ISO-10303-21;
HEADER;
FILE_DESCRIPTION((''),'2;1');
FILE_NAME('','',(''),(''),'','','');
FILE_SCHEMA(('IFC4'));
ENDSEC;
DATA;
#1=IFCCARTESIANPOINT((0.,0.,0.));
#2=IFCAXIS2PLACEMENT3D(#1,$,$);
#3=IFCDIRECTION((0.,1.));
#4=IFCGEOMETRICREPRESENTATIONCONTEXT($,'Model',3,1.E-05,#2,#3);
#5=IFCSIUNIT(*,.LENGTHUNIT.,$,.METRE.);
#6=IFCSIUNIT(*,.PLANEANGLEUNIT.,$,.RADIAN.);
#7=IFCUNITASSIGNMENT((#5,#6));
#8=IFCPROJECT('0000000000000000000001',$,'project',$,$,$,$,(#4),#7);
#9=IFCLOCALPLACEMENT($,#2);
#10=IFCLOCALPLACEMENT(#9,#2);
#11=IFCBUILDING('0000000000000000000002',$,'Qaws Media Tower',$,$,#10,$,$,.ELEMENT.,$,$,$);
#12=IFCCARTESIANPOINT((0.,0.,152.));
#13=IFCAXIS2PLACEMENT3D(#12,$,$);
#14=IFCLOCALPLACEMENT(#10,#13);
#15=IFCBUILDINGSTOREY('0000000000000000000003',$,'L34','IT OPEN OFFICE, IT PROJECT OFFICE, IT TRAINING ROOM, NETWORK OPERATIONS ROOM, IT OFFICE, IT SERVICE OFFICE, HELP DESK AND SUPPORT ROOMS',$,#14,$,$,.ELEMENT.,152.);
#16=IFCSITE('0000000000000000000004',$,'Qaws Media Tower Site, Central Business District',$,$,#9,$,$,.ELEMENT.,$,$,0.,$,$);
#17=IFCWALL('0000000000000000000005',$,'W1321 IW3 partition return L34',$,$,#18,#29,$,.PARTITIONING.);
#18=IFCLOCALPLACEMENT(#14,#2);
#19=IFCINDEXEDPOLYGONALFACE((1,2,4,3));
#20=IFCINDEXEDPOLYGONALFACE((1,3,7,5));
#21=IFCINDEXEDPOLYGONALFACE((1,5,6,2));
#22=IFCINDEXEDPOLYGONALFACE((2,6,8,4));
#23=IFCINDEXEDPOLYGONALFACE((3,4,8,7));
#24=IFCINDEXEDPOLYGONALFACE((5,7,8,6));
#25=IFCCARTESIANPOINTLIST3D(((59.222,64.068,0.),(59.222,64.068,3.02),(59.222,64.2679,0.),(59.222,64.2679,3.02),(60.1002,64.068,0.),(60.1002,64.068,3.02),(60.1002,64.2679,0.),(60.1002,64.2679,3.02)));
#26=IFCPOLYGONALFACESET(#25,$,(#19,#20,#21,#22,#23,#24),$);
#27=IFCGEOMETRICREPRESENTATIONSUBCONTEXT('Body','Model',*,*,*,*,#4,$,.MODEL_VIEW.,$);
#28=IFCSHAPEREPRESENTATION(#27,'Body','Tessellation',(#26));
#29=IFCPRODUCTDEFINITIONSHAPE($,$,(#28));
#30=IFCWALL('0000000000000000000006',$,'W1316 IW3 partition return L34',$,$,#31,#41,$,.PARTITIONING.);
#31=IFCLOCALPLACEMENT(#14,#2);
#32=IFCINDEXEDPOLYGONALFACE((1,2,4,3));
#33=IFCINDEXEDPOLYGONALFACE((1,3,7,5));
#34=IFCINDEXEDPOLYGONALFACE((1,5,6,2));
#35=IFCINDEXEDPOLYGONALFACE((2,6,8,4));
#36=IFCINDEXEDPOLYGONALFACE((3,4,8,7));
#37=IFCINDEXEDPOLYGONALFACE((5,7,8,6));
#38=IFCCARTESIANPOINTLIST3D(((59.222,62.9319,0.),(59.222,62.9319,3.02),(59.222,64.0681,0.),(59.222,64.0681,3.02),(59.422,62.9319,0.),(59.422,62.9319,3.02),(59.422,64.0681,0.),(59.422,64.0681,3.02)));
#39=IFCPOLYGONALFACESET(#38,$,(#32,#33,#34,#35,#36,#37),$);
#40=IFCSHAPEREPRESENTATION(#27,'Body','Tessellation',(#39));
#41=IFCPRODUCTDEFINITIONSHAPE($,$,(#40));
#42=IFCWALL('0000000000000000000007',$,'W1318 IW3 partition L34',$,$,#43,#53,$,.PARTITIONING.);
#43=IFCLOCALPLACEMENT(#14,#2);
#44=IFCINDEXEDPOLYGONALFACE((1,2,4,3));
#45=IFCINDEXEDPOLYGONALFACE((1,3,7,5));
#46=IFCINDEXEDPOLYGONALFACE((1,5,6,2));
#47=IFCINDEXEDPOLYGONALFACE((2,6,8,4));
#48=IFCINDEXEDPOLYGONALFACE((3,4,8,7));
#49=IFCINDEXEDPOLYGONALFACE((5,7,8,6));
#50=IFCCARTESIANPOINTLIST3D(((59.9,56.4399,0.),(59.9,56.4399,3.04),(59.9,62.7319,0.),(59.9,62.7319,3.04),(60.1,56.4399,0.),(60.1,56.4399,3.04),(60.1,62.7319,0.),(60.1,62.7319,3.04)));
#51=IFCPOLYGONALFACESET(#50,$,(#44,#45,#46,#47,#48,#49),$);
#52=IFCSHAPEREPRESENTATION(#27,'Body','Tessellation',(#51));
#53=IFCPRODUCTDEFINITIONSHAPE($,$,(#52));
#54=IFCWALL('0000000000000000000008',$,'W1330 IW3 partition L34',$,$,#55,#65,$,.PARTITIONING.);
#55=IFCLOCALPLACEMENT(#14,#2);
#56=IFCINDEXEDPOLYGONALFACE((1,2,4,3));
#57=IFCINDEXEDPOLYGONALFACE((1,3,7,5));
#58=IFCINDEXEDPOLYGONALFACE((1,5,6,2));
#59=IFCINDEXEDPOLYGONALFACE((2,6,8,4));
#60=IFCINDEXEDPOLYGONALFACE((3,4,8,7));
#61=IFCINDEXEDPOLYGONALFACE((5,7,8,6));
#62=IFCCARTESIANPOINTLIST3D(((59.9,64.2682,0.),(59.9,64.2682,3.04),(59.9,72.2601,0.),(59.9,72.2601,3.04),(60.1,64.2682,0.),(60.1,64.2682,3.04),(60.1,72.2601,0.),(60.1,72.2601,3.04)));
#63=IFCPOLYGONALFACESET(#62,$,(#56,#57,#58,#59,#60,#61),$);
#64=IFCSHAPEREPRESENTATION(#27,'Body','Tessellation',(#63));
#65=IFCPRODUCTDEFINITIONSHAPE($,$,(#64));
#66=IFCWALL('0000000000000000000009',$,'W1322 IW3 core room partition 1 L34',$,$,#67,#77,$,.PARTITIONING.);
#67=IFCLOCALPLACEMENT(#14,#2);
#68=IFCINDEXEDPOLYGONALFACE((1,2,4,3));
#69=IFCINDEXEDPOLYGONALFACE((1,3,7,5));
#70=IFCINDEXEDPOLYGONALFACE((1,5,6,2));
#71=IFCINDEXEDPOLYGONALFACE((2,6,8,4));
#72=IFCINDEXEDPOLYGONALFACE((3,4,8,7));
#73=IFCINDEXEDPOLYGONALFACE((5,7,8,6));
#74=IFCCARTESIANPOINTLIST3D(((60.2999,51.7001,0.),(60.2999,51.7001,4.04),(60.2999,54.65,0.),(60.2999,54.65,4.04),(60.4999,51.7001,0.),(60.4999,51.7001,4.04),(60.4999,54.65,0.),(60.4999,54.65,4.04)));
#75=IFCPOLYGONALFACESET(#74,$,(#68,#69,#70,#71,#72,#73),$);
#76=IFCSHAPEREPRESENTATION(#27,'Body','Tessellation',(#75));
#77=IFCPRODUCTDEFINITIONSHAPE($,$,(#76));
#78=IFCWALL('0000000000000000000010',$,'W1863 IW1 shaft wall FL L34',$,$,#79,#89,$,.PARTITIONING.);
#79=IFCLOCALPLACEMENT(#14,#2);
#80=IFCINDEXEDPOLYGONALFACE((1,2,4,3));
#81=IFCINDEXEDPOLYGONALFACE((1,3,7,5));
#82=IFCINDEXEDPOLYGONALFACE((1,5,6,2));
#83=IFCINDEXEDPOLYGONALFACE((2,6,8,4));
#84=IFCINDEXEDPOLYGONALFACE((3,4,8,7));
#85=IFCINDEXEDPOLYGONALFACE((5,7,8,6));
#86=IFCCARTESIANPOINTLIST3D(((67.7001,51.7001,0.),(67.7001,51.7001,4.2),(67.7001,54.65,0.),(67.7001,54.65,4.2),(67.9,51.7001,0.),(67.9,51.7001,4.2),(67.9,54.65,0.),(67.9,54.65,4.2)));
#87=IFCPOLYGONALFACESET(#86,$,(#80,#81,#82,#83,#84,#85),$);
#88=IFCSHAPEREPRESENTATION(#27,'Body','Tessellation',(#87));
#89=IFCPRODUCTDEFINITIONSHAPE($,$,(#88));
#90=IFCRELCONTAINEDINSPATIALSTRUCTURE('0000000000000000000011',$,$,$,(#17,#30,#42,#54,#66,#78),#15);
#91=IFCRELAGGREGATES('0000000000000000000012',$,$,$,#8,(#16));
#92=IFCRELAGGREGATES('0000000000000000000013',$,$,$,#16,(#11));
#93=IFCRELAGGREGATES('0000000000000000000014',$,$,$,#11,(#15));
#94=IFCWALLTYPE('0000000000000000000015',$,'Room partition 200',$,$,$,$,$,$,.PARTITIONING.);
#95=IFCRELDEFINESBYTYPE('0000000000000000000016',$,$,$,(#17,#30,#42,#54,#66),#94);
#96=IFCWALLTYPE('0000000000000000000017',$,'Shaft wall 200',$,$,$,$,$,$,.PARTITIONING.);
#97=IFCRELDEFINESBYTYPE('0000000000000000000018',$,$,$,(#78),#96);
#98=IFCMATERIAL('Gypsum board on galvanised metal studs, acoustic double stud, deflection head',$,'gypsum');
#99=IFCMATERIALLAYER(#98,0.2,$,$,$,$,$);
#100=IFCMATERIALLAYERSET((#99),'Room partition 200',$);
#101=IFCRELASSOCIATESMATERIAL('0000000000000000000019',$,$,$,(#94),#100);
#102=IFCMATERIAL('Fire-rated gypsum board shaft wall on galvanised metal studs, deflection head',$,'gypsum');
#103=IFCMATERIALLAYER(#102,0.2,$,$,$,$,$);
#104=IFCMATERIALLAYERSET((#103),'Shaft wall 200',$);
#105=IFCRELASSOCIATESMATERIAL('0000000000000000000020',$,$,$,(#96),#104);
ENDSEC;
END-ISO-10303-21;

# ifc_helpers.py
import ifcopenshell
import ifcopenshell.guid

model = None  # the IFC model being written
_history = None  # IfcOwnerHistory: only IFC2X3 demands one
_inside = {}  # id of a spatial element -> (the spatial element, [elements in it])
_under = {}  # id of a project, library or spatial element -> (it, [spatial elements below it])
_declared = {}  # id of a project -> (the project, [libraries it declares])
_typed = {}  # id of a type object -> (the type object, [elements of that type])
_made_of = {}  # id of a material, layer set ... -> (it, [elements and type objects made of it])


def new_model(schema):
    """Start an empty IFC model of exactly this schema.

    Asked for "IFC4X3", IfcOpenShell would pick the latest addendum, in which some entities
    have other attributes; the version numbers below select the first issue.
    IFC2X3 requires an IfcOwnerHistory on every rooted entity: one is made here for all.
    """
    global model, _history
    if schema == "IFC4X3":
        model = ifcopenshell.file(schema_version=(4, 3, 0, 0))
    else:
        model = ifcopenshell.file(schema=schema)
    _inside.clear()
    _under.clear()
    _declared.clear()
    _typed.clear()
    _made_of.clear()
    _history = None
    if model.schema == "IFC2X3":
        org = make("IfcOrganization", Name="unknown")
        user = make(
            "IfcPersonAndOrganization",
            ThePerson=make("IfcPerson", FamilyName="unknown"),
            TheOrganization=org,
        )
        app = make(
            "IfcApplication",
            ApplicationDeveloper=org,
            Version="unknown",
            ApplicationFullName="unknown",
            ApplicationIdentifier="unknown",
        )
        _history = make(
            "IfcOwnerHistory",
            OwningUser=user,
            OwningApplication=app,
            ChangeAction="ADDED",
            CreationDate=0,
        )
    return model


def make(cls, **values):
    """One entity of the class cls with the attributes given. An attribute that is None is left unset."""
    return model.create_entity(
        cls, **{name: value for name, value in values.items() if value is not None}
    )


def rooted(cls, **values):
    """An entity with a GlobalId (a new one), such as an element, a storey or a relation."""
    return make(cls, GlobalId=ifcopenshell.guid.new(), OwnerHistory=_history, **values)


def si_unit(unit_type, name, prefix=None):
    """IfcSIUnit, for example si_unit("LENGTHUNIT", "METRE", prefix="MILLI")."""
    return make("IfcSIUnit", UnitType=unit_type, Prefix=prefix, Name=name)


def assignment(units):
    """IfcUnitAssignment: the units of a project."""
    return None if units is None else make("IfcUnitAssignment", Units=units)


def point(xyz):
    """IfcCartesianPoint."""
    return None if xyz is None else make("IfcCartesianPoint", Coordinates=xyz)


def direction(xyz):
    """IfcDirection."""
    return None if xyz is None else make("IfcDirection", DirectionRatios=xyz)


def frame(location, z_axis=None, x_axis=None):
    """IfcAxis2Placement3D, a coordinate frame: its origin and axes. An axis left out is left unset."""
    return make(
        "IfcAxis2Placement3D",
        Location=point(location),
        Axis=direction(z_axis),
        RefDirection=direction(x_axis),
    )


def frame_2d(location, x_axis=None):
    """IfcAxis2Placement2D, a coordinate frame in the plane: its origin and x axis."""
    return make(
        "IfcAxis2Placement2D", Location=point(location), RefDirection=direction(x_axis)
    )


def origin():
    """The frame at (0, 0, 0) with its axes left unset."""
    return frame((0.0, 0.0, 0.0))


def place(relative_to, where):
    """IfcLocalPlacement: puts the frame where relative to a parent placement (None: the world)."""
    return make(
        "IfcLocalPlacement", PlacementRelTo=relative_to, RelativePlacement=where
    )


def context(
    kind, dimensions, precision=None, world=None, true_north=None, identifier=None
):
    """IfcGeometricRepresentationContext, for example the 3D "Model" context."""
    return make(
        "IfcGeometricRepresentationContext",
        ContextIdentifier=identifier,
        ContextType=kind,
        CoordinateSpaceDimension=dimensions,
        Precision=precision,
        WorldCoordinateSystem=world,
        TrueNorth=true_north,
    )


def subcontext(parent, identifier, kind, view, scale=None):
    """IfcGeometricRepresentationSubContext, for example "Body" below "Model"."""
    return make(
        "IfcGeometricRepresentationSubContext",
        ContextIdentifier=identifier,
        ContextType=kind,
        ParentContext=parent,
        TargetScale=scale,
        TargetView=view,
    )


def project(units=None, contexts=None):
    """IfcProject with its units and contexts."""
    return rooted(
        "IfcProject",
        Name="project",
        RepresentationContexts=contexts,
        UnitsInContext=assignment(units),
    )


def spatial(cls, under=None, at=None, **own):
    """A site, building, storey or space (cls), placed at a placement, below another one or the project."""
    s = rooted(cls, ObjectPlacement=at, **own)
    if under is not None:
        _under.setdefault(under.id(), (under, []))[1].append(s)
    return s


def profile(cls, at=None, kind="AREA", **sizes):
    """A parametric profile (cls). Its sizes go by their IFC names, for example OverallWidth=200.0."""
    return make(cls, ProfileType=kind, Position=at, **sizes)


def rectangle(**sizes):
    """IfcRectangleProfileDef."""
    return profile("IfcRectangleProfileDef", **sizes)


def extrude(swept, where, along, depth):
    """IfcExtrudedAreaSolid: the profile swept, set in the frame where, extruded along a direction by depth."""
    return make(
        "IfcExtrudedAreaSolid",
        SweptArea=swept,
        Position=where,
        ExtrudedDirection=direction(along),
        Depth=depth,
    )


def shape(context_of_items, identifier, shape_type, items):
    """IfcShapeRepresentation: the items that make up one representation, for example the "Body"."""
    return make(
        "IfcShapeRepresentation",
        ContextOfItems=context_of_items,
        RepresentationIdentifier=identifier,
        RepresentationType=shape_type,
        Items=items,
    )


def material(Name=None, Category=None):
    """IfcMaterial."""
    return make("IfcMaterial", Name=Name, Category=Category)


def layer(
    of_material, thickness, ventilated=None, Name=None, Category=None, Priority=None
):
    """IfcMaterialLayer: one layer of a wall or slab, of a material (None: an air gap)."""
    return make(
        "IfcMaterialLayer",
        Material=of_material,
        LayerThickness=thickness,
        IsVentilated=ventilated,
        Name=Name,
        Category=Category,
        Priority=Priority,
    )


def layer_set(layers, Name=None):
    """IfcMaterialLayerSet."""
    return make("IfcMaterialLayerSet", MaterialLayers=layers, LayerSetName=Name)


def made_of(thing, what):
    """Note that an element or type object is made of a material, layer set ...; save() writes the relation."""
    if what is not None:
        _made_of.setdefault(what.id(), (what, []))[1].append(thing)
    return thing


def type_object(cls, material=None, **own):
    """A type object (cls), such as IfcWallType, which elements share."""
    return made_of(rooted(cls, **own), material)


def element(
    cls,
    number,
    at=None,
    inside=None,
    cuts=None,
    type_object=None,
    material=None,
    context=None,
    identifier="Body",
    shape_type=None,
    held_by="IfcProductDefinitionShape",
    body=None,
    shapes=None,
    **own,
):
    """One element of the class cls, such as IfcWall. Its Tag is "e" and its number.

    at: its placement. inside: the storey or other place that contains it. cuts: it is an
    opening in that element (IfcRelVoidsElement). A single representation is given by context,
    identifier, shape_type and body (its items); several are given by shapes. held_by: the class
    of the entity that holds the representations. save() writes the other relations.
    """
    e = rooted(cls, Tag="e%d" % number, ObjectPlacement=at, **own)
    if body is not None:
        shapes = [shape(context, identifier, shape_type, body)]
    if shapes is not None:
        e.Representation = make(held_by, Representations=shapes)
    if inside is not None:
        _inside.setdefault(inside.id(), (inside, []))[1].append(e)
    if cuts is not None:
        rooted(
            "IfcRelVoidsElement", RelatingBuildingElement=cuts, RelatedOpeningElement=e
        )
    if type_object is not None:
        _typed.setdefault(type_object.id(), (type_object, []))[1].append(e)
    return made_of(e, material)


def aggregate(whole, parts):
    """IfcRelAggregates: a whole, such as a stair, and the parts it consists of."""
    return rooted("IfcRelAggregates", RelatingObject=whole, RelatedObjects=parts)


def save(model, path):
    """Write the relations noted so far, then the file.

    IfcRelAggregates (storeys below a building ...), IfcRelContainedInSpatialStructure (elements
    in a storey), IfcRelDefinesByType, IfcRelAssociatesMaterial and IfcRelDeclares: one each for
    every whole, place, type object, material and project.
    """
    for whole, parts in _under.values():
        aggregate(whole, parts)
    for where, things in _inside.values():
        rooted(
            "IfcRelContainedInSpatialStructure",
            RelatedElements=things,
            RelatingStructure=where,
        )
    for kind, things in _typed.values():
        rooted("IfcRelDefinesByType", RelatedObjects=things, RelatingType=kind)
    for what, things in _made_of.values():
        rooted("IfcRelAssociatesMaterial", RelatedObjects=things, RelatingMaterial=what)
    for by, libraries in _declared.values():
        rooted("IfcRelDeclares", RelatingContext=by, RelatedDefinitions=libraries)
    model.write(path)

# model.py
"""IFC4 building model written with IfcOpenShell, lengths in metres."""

from ifc_helpers import new_model, si_unit, direction, frame, frame_2d, origin, place, context, subcontext, project, spatial, rectangle, extrude, material, layer, layer_set, type_object, element, save


model = new_model("IFC4")

# Units and contexts
model_context = context("Model", 3, precision=1e-05, world=origin(), true_north=direction((0.0, 1.0)))
body_context = subcontext(model_context, "Body", "Model", "MODEL_VIEW")
ifc_project = project(units=[si_unit("LENGTHUNIT", "METRE"), si_unit("PLANEANGLEUNIT", "RADIAN")], contexts=[model_context])

# Site, building, storey
site_placement = place(None, origin())
site = spatial("IfcSite", under=ifc_project, at=site_placement, Name="Qaws Media Tower Site, Central Business District", CompositionType="ELEMENT", RefElevation=0.0)
building_placement = place(site_placement, origin())
building = spatial("IfcBuilding", under=site, at=building_placement, Name="Qaws Media Tower", CompositionType="ELEMENT")
storey_placement = place(building_placement, frame((0.0, 0.0, 152.0)))
storey = spatial("IfcBuildingStorey", under=building, at=storey_placement, Name="L34", Description="IT OPEN OFFICE, IT PROJECT OFFICE, IT TRAINING ROOM, NETWORK OPERATIONS ROOM, IT OFFICE, IT SERVICE OFFICE, HELP DESK AND SUPPORT ROOMS", CompositionType="ELEMENT", Elevation=152.0)

# Shared definitions
ifc_material_1 = material(Name="Gypsum board on galvanised metal studs, acoustic double stud, deflection head", Category="gypsum")
ifc_layer_1 = layer(ifc_material_1, 0.2)
ifc_layer_set_1 = layer_set([ifc_layer_1], Name="Room partition 200")
wall_type_1 = type_object("IfcWallType", Name="Room partition 200", PredefinedType="PARTITIONING", material=ifc_layer_set_1)

# Walls
for number, where, z_axis, x_axis, name in (
    (1, (60.1001, 64.168, 0.0), (0.0, 0.0, 1.0), (-1.0, 0.0, 0.0), "W1321 IW3 partition return L34"),
):
    element("IfcWall", number, at=place(storey_placement, frame(where, z_axis=z_axis, x_axis=x_axis)), inside=storey, type_object=wall_type_1, Name=name, PredefinedType="PARTITIONING", context=body_context, shape_type="SweptSolid", body=[
        extrude(rectangle(XDim=0.8782, YDim=0.2, at=frame_2d((0.439, 0.0))), origin(), (0.0, 0.0, 1.0), 3.02),
    ])
wall_1_placement = place(storey_placement, frame((59.322, 62.9319, 0.0), z_axis=(0.0, 0.0, 1.0), x_axis=(0.0, 1.0, 0.0)))
element("IfcWall", 2, at=wall_1_placement, inside=storey, type_object=wall_type_1, Name="W1316 IW3 partition return L34", PredefinedType="PARTITIONING", context=body_context, shape_type="SweptSolid", body=[
    extrude(rectangle(XDim=1.1362, YDim=0.2, at=frame_2d((0.5681, 0.0))), origin(), (0.0, 0.0, 1.0), 3.02),
])
wall_2_placement = place(storey_placement, frame((60.0, 56.4399, 0.0), z_axis=(0.0, 0.0, 1.0), x_axis=(0.0, 1.0, 0.0)))
element("IfcWall", 3, at=wall_2_placement, inside=storey, type_object=wall_type_1, Name="W1318 IW3 partition L34", PredefinedType="PARTITIONING", context=body_context, shape_type="SweptSolid", body=[
    extrude(rectangle(XDim=6.292, YDim=0.2, at=frame_2d((3.146, 0.0))), origin(), (0.0, 0.0, 1.0), 3.04),
])
wall_3_placement = place(storey_placement, frame((60.0, 64.2681, 0.0), z_axis=(0.0, 0.0, 1.0), x_axis=(0.0, 1.0, 0.0)))
element("IfcWall", 4, at=wall_3_placement, inside=storey, type_object=wall_type_1, Name="W1330 IW3 partition L34", PredefinedType="PARTITIONING", context=body_context, shape_type="SweptSolid", body=[
    extrude(rectangle(XDim=7.9919, YDim=0.2, at=frame_2d((3.9961, 0.0))), origin(), (0.0, 0.0, 1.0), 3.04),
])
wall_4_placement = place(storey_placement, frame((60.3999, 51.7, 0.0), z_axis=(0.0, 0.0, 1.0), x_axis=(0.0, 1.0, 0.0)))
element("IfcWall", 5, at=wall_4_placement, inside=storey, type_object=wall_type_1, Name="W1322 IW3 core room partition 1 L34", PredefinedType="PARTITIONING", context=body_context, shape_type="SweptSolid", body=[
    extrude(rectangle(XDim=2.95, YDim=0.2, at=frame_2d((1.4751, 0.0))), origin(), (0.0, 0.0, 1.0), 4.04),
])
ifc_material_2 = material(Name="Fire-rated gypsum board shaft wall on galvanised metal studs, deflection head", Category="gypsum")
ifc_layer_2 = layer(ifc_material_2, 0.2)
ifc_layer_set_2 = layer_set([ifc_layer_2], Name="Shaft wall 200")
wall_type_2 = type_object("IfcWallType", Name="Shaft wall 200", PredefinedType="PARTITIONING", material=ifc_layer_set_2)
wall_5_placement = place(storey_placement, frame((67.8, 51.7, 0.0), z_axis=(0.0, 0.0, 1.0), x_axis=(0.0, 1.0, 0.0)))
element("IfcWall", 6, at=wall_5_placement, inside=storey, type_object=wall_type_2, Name="W1863 IW1 shaft wall FL L34", PredefinedType="PARTITIONING", context=body_context, shape_type="SweptSolid", body=[
    extrude(rectangle(XDim=2.95, YDim=0.2, at=frame_2d((1.4751, 0.0))), origin(), (0.0, 0.0, 1.0), 4.2),
])

save(model, "model.ifc")
